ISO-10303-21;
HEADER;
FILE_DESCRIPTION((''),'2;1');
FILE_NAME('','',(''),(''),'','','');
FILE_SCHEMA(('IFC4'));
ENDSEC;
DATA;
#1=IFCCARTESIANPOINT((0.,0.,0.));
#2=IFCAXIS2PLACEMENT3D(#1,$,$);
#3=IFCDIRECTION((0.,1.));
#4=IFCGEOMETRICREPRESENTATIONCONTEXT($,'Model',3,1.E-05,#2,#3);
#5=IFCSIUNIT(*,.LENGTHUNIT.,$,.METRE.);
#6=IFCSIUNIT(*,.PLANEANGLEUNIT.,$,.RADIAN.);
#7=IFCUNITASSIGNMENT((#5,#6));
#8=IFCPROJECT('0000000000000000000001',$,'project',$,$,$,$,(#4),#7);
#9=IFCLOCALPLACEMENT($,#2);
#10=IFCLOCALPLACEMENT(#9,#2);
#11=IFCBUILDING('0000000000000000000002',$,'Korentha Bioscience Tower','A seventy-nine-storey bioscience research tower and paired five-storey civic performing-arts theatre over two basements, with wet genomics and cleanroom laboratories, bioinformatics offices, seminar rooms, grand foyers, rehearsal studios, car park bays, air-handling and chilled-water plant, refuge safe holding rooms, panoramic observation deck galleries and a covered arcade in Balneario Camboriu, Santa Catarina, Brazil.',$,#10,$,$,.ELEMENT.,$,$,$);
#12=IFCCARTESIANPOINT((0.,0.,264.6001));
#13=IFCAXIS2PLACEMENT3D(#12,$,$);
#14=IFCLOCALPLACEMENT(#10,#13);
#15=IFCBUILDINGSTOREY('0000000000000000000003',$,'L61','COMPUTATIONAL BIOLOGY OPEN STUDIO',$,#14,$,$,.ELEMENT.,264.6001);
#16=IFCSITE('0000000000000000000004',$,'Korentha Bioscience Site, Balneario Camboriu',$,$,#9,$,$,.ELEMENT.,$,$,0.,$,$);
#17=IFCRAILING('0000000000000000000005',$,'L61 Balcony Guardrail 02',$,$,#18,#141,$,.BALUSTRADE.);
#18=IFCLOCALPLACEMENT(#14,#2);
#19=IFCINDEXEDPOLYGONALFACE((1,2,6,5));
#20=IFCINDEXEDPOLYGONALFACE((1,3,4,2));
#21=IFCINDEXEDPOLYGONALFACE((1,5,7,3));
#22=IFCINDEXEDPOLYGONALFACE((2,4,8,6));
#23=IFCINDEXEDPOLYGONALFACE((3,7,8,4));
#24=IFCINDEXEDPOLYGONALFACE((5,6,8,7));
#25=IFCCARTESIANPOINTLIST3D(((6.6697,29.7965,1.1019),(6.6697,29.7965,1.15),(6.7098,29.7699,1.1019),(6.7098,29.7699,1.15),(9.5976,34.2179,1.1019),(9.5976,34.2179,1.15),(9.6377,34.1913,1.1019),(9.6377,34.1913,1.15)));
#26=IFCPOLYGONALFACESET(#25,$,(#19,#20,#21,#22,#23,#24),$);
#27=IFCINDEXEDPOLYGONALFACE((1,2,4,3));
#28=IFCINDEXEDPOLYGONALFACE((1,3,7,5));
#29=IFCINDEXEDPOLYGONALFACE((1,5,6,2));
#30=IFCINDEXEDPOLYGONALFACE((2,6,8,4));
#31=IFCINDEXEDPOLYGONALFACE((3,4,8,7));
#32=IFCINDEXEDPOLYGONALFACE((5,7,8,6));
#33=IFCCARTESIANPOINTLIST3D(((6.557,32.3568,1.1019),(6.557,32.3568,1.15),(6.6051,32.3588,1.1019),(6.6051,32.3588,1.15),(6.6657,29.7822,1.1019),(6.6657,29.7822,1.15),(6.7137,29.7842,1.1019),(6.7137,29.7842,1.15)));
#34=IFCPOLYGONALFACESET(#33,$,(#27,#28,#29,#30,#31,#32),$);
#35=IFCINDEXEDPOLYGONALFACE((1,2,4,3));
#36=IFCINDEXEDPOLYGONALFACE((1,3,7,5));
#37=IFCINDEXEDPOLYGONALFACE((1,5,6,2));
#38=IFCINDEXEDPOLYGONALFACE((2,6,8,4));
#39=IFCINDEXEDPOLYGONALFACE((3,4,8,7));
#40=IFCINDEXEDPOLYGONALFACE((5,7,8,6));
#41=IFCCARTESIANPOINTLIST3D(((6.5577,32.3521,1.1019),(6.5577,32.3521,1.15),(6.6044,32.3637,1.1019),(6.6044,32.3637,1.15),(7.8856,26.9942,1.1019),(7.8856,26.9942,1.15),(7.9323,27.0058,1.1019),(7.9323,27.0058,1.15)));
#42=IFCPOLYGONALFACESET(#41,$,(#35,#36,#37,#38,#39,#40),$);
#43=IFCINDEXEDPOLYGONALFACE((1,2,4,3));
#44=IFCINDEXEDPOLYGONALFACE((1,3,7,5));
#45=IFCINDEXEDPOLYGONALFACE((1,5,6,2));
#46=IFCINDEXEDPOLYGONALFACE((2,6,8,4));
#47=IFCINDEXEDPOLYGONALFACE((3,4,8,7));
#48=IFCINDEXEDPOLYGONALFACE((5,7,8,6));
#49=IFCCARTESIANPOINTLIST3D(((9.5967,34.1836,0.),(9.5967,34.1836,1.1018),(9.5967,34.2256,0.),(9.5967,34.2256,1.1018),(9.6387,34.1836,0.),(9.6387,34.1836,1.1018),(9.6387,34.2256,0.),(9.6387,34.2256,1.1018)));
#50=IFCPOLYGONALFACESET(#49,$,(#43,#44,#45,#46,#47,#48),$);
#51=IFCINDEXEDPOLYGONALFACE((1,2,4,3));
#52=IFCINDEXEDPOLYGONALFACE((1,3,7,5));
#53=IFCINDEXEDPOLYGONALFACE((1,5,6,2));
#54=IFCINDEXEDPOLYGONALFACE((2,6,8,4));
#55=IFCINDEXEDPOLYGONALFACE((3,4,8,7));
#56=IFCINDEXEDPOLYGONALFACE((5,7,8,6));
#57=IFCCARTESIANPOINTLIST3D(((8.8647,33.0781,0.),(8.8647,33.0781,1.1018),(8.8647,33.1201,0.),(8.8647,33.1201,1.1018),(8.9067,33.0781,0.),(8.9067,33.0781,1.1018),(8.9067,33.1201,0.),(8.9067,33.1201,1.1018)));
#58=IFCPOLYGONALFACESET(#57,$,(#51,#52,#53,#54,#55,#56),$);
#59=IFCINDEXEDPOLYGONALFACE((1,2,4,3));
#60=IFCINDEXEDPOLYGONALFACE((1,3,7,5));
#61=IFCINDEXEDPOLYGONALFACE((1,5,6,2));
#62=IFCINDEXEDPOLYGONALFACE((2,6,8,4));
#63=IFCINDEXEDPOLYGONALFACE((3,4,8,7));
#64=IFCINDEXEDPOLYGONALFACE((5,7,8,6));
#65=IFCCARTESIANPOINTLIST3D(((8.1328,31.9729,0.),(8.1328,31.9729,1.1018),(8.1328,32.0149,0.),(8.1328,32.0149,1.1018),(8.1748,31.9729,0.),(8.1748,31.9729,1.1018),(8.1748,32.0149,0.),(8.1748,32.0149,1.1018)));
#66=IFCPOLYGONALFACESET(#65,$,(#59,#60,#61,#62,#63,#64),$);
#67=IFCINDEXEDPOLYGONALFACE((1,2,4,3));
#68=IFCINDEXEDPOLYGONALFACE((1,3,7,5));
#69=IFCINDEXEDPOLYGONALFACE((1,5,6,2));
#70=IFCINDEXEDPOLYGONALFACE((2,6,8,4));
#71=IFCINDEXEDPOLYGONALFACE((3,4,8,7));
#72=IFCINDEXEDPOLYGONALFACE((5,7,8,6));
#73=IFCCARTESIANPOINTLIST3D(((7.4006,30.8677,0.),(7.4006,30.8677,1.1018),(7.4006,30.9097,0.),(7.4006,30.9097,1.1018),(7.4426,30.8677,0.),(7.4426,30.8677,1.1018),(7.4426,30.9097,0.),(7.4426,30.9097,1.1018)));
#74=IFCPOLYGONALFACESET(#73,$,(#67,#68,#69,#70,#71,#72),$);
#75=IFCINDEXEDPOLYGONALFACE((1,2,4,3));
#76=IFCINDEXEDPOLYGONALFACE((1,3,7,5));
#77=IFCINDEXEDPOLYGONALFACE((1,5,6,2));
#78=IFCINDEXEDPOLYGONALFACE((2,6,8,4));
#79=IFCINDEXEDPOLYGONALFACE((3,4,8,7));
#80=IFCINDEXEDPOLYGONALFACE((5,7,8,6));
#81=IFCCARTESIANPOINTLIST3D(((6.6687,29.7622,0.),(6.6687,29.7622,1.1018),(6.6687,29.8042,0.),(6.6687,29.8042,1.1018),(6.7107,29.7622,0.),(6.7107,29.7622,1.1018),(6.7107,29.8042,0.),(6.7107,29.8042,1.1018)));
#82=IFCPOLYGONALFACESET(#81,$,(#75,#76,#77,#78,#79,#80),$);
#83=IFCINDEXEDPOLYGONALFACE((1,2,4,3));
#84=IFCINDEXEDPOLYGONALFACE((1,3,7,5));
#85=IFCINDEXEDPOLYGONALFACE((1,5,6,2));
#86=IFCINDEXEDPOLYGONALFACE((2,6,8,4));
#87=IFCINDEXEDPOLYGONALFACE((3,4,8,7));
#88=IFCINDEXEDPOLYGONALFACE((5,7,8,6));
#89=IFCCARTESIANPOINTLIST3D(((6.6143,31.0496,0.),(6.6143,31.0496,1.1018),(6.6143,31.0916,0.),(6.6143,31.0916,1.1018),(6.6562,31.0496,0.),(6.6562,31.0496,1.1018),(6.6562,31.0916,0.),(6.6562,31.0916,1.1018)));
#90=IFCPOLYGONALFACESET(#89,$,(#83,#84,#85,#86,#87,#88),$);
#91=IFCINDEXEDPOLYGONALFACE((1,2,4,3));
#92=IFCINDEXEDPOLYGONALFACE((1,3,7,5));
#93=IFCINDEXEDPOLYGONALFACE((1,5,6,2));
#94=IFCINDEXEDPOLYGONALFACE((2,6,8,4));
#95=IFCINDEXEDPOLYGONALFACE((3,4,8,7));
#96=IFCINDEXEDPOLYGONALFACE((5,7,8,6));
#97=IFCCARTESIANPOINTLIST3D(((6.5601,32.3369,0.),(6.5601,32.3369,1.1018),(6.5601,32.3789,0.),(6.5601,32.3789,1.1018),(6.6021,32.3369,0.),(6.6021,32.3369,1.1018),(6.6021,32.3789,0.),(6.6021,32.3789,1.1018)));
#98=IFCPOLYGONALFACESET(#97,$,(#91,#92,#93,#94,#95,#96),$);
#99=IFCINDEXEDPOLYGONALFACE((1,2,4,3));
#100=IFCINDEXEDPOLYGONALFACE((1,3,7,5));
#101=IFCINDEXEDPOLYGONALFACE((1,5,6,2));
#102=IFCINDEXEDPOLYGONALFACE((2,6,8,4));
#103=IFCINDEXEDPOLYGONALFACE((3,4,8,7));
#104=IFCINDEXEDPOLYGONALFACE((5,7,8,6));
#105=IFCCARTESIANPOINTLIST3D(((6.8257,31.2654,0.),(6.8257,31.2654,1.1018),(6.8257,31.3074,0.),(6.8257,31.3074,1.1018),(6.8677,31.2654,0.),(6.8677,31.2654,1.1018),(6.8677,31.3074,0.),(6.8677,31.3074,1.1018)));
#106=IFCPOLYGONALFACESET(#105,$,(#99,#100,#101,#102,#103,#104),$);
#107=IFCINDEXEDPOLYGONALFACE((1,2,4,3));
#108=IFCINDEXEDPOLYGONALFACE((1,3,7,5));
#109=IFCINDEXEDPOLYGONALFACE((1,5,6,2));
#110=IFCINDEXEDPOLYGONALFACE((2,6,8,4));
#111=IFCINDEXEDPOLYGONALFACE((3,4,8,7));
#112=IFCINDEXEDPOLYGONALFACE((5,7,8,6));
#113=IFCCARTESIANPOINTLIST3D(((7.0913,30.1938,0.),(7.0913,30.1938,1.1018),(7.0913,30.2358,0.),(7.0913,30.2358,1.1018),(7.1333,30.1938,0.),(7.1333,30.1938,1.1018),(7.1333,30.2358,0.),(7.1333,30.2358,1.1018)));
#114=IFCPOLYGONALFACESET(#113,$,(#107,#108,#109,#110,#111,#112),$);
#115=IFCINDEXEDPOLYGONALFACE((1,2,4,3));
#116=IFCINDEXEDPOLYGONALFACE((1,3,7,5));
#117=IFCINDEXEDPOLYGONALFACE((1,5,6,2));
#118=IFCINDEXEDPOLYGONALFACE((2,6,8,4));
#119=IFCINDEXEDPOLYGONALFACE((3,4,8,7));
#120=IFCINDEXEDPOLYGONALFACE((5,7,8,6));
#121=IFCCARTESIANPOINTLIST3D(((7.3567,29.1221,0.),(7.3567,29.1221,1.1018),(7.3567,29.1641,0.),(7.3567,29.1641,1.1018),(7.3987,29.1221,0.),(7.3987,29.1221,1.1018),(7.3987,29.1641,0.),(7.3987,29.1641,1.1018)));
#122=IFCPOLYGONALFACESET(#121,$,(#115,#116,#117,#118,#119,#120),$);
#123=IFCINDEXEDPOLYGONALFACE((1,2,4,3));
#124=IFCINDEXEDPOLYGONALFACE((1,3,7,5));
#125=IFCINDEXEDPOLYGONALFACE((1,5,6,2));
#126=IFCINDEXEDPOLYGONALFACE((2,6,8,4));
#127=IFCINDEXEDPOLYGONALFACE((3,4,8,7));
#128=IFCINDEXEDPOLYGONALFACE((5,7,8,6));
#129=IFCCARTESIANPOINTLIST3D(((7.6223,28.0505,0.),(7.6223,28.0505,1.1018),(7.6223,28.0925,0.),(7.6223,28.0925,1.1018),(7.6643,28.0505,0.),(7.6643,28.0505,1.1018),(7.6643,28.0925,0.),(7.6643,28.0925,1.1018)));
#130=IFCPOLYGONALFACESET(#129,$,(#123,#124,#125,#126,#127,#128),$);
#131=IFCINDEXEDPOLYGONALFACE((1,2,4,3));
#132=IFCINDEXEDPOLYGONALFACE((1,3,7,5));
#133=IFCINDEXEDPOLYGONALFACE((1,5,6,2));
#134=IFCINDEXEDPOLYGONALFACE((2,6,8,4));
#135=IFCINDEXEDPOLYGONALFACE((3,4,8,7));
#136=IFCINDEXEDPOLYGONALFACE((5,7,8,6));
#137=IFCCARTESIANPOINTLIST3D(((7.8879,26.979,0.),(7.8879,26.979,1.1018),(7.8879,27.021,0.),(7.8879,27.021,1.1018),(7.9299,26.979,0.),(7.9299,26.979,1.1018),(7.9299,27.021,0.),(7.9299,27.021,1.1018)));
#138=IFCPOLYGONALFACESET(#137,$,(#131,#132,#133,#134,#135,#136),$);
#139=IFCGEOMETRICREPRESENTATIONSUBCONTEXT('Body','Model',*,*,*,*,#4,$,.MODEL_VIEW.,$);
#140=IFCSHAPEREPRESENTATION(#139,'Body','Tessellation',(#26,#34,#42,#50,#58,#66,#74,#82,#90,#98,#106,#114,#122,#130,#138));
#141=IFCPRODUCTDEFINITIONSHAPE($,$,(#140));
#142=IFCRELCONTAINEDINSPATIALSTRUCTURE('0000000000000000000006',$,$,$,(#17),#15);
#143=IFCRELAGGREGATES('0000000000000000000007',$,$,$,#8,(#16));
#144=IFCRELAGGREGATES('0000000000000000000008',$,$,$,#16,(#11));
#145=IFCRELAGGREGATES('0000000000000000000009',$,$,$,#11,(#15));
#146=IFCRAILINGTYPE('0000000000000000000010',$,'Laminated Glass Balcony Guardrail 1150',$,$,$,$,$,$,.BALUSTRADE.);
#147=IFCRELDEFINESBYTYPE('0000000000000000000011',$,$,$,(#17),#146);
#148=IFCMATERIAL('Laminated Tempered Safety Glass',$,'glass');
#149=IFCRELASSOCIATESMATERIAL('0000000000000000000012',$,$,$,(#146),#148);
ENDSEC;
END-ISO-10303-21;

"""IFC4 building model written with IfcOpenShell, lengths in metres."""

from ifc_helpers import new_model, si_unit, direction, frame, origin, origin_2d, place, context, subcontext, project, spatial, rectangle, extrude, material, type_object, element, save


model = new_model("IFC4")

# Units and contexts
model_context = context("Model", 3, precision=1e-05, world=origin(), true_north=direction((0.0, 1.0)))
body_context = subcontext(model_context, "Body", "Model", "MODEL_VIEW")
ifc_project = project(units=[si_unit("LENGTHUNIT", "METRE"), si_unit("PLANEANGLEUNIT", "RADIAN")], contexts=[model_context])

# Site, building, storey
site_placement = place(None, origin())
site = spatial("IfcSite", under=ifc_project, at=site_placement, Name="Korentha Bioscience Site, Balneario Camboriu", CompositionType="ELEMENT", RefElevation=0.0)
building_placement = place(site_placement, origin())
building = spatial("IfcBuilding", under=site, at=building_placement, Name="Korentha Bioscience Tower", Description="A seventy-nine-storey bioscience research tower and paired five-storey civic performing-arts theatre over two basements, with wet genomics and cleanroom laboratories, bioinformatics offices, seminar rooms, grand foyers, rehearsal studios, car park bays, air-handling and chilled-water plant, refuge safe holding rooms, panoramic observation deck galleries and a covered arcade in Balneario Camboriu, Santa Catarina, Brazil.", CompositionType="ELEMENT")
storey_placement = place(building_placement, frame((0.0, 0.0, 264.6001)))
storey = spatial("IfcBuildingStorey", under=building, at=storey_placement, Name="L61", Description="COMPUTATIONAL BIOLOGY OPEN STUDIO", CompositionType="ELEMENT", Elevation=264.6001)

# Railing
ifc_material_1 = material(Name="Laminated Tempered Safety Glass", Category="glass")
railing_type = type_object("IfcRailingType", Name="Laminated Glass Balcony Guardrail 1150", PredefinedType="BALUSTRADE", material=ifc_material_1)
railing_placement = place(storey_placement, frame((9.6177, 34.2046, 0.0)))
element("IfcRailing", 1, at=railing_placement, inside=storey, type_object=railing_type, Name="L61 Balcony Guardrail 02", PredefinedType="BALUSTRADE", context=body_context, shape_type="SweptSolid", body=[
    extrude(rectangle(XDim=0.0481, YDim=0.0481, at=origin_2d()), frame((0.0, 0.0, 1.126), z_axis=(-0.552137, -0.833753, 0.0), x_axis=(0.833753, -0.552137, 0.0)), (0.0, 0.0, 1.0), 5.303),
    extrude(rectangle(XDim=0.0481, YDim=0.0481, at=origin_2d()), frame((-2.928, -4.4214, 1.126), z_axis=(-0.042159, 0.999111, 0.0), x_axis=(-0.999111, -0.042159, 0.0)), (0.0, 0.0, 1.0), 2.5769),
    extrude(rectangle(XDim=0.0481, YDim=0.0481, at=origin_2d()), frame((-3.0366, -1.8467, 1.126), z_axis=(0.240558, -0.970635, 0.0), x_axis=(0.970635, 0.240558, 0.0)), (0.0, 0.0, 1.0), 5.52),
    extrude(rectangle(XDim=0.042, YDim=0.042, at=origin_2d()), origin(), (0.0, 0.0, 1.0), 1.1018),
    extrude(rectangle(XDim=0.042, YDim=0.042, at=origin_2d()), frame((-0.7319, -1.1055, 0.0)), (0.0, 0.0, 1.0), 1.1018),
    extrude(rectangle(XDim=0.042, YDim=0.042, at=origin_2d()), frame((-1.4639, -2.2107, 0.0)), (0.0, 0.0, 1.0), 1.1018),
    extrude(rectangle(XDim=0.042, YDim=0.042, at=origin_2d()), frame((-2.196, -3.3159, 0.0)), (0.0, 0.0, 1.0), 1.1018),
    extrude(rectangle(XDim=0.042, YDim=0.042, at=origin_2d()), frame((-2.928, -4.4214, 0.0)), (0.0, 0.0, 1.0), 1.1018),
    extrude(rectangle(XDim=0.042, YDim=0.042, at=origin_2d()), frame((-2.9824, -3.134, 0.0)), (0.0, 0.0, 1.0), 1.1018),
    extrude(rectangle(XDim=0.042, YDim=0.042, at=origin_2d()), frame((-3.0366, -1.8467, 0.0)), (0.0, 0.0, 1.0), 1.1018),
    extrude(rectangle(XDim=0.042, YDim=0.042, at=origin_2d()), frame((-2.771, -2.9182, 0.0)), (0.0, 0.0, 1.0), 1.1018),
    extrude(rectangle(XDim=0.042, YDim=0.042, at=origin_2d()), frame((-2.5054, -3.9897, 0.0)), (0.0, 0.0, 1.0), 1.1018),
    extrude(rectangle(XDim=0.042, YDim=0.042, at=origin_2d()), frame((-2.24, -5.0615, 0.0)), (0.0, 0.0, 1.0), 1.1018),
    extrude(rectangle(XDim=0.042, YDim=0.042, at=origin_2d()), frame((-1.9744, -6.1331, 0.0)), (0.0, 0.0, 1.0), 1.1018),
    extrude(rectangle(XDim=0.042, YDim=0.042, at=origin_2d()), frame((-1.7087, -7.2046, 0.0)), (0.0, 0.0, 1.0), 1.1018),
])

save(model, "model.ifc")
